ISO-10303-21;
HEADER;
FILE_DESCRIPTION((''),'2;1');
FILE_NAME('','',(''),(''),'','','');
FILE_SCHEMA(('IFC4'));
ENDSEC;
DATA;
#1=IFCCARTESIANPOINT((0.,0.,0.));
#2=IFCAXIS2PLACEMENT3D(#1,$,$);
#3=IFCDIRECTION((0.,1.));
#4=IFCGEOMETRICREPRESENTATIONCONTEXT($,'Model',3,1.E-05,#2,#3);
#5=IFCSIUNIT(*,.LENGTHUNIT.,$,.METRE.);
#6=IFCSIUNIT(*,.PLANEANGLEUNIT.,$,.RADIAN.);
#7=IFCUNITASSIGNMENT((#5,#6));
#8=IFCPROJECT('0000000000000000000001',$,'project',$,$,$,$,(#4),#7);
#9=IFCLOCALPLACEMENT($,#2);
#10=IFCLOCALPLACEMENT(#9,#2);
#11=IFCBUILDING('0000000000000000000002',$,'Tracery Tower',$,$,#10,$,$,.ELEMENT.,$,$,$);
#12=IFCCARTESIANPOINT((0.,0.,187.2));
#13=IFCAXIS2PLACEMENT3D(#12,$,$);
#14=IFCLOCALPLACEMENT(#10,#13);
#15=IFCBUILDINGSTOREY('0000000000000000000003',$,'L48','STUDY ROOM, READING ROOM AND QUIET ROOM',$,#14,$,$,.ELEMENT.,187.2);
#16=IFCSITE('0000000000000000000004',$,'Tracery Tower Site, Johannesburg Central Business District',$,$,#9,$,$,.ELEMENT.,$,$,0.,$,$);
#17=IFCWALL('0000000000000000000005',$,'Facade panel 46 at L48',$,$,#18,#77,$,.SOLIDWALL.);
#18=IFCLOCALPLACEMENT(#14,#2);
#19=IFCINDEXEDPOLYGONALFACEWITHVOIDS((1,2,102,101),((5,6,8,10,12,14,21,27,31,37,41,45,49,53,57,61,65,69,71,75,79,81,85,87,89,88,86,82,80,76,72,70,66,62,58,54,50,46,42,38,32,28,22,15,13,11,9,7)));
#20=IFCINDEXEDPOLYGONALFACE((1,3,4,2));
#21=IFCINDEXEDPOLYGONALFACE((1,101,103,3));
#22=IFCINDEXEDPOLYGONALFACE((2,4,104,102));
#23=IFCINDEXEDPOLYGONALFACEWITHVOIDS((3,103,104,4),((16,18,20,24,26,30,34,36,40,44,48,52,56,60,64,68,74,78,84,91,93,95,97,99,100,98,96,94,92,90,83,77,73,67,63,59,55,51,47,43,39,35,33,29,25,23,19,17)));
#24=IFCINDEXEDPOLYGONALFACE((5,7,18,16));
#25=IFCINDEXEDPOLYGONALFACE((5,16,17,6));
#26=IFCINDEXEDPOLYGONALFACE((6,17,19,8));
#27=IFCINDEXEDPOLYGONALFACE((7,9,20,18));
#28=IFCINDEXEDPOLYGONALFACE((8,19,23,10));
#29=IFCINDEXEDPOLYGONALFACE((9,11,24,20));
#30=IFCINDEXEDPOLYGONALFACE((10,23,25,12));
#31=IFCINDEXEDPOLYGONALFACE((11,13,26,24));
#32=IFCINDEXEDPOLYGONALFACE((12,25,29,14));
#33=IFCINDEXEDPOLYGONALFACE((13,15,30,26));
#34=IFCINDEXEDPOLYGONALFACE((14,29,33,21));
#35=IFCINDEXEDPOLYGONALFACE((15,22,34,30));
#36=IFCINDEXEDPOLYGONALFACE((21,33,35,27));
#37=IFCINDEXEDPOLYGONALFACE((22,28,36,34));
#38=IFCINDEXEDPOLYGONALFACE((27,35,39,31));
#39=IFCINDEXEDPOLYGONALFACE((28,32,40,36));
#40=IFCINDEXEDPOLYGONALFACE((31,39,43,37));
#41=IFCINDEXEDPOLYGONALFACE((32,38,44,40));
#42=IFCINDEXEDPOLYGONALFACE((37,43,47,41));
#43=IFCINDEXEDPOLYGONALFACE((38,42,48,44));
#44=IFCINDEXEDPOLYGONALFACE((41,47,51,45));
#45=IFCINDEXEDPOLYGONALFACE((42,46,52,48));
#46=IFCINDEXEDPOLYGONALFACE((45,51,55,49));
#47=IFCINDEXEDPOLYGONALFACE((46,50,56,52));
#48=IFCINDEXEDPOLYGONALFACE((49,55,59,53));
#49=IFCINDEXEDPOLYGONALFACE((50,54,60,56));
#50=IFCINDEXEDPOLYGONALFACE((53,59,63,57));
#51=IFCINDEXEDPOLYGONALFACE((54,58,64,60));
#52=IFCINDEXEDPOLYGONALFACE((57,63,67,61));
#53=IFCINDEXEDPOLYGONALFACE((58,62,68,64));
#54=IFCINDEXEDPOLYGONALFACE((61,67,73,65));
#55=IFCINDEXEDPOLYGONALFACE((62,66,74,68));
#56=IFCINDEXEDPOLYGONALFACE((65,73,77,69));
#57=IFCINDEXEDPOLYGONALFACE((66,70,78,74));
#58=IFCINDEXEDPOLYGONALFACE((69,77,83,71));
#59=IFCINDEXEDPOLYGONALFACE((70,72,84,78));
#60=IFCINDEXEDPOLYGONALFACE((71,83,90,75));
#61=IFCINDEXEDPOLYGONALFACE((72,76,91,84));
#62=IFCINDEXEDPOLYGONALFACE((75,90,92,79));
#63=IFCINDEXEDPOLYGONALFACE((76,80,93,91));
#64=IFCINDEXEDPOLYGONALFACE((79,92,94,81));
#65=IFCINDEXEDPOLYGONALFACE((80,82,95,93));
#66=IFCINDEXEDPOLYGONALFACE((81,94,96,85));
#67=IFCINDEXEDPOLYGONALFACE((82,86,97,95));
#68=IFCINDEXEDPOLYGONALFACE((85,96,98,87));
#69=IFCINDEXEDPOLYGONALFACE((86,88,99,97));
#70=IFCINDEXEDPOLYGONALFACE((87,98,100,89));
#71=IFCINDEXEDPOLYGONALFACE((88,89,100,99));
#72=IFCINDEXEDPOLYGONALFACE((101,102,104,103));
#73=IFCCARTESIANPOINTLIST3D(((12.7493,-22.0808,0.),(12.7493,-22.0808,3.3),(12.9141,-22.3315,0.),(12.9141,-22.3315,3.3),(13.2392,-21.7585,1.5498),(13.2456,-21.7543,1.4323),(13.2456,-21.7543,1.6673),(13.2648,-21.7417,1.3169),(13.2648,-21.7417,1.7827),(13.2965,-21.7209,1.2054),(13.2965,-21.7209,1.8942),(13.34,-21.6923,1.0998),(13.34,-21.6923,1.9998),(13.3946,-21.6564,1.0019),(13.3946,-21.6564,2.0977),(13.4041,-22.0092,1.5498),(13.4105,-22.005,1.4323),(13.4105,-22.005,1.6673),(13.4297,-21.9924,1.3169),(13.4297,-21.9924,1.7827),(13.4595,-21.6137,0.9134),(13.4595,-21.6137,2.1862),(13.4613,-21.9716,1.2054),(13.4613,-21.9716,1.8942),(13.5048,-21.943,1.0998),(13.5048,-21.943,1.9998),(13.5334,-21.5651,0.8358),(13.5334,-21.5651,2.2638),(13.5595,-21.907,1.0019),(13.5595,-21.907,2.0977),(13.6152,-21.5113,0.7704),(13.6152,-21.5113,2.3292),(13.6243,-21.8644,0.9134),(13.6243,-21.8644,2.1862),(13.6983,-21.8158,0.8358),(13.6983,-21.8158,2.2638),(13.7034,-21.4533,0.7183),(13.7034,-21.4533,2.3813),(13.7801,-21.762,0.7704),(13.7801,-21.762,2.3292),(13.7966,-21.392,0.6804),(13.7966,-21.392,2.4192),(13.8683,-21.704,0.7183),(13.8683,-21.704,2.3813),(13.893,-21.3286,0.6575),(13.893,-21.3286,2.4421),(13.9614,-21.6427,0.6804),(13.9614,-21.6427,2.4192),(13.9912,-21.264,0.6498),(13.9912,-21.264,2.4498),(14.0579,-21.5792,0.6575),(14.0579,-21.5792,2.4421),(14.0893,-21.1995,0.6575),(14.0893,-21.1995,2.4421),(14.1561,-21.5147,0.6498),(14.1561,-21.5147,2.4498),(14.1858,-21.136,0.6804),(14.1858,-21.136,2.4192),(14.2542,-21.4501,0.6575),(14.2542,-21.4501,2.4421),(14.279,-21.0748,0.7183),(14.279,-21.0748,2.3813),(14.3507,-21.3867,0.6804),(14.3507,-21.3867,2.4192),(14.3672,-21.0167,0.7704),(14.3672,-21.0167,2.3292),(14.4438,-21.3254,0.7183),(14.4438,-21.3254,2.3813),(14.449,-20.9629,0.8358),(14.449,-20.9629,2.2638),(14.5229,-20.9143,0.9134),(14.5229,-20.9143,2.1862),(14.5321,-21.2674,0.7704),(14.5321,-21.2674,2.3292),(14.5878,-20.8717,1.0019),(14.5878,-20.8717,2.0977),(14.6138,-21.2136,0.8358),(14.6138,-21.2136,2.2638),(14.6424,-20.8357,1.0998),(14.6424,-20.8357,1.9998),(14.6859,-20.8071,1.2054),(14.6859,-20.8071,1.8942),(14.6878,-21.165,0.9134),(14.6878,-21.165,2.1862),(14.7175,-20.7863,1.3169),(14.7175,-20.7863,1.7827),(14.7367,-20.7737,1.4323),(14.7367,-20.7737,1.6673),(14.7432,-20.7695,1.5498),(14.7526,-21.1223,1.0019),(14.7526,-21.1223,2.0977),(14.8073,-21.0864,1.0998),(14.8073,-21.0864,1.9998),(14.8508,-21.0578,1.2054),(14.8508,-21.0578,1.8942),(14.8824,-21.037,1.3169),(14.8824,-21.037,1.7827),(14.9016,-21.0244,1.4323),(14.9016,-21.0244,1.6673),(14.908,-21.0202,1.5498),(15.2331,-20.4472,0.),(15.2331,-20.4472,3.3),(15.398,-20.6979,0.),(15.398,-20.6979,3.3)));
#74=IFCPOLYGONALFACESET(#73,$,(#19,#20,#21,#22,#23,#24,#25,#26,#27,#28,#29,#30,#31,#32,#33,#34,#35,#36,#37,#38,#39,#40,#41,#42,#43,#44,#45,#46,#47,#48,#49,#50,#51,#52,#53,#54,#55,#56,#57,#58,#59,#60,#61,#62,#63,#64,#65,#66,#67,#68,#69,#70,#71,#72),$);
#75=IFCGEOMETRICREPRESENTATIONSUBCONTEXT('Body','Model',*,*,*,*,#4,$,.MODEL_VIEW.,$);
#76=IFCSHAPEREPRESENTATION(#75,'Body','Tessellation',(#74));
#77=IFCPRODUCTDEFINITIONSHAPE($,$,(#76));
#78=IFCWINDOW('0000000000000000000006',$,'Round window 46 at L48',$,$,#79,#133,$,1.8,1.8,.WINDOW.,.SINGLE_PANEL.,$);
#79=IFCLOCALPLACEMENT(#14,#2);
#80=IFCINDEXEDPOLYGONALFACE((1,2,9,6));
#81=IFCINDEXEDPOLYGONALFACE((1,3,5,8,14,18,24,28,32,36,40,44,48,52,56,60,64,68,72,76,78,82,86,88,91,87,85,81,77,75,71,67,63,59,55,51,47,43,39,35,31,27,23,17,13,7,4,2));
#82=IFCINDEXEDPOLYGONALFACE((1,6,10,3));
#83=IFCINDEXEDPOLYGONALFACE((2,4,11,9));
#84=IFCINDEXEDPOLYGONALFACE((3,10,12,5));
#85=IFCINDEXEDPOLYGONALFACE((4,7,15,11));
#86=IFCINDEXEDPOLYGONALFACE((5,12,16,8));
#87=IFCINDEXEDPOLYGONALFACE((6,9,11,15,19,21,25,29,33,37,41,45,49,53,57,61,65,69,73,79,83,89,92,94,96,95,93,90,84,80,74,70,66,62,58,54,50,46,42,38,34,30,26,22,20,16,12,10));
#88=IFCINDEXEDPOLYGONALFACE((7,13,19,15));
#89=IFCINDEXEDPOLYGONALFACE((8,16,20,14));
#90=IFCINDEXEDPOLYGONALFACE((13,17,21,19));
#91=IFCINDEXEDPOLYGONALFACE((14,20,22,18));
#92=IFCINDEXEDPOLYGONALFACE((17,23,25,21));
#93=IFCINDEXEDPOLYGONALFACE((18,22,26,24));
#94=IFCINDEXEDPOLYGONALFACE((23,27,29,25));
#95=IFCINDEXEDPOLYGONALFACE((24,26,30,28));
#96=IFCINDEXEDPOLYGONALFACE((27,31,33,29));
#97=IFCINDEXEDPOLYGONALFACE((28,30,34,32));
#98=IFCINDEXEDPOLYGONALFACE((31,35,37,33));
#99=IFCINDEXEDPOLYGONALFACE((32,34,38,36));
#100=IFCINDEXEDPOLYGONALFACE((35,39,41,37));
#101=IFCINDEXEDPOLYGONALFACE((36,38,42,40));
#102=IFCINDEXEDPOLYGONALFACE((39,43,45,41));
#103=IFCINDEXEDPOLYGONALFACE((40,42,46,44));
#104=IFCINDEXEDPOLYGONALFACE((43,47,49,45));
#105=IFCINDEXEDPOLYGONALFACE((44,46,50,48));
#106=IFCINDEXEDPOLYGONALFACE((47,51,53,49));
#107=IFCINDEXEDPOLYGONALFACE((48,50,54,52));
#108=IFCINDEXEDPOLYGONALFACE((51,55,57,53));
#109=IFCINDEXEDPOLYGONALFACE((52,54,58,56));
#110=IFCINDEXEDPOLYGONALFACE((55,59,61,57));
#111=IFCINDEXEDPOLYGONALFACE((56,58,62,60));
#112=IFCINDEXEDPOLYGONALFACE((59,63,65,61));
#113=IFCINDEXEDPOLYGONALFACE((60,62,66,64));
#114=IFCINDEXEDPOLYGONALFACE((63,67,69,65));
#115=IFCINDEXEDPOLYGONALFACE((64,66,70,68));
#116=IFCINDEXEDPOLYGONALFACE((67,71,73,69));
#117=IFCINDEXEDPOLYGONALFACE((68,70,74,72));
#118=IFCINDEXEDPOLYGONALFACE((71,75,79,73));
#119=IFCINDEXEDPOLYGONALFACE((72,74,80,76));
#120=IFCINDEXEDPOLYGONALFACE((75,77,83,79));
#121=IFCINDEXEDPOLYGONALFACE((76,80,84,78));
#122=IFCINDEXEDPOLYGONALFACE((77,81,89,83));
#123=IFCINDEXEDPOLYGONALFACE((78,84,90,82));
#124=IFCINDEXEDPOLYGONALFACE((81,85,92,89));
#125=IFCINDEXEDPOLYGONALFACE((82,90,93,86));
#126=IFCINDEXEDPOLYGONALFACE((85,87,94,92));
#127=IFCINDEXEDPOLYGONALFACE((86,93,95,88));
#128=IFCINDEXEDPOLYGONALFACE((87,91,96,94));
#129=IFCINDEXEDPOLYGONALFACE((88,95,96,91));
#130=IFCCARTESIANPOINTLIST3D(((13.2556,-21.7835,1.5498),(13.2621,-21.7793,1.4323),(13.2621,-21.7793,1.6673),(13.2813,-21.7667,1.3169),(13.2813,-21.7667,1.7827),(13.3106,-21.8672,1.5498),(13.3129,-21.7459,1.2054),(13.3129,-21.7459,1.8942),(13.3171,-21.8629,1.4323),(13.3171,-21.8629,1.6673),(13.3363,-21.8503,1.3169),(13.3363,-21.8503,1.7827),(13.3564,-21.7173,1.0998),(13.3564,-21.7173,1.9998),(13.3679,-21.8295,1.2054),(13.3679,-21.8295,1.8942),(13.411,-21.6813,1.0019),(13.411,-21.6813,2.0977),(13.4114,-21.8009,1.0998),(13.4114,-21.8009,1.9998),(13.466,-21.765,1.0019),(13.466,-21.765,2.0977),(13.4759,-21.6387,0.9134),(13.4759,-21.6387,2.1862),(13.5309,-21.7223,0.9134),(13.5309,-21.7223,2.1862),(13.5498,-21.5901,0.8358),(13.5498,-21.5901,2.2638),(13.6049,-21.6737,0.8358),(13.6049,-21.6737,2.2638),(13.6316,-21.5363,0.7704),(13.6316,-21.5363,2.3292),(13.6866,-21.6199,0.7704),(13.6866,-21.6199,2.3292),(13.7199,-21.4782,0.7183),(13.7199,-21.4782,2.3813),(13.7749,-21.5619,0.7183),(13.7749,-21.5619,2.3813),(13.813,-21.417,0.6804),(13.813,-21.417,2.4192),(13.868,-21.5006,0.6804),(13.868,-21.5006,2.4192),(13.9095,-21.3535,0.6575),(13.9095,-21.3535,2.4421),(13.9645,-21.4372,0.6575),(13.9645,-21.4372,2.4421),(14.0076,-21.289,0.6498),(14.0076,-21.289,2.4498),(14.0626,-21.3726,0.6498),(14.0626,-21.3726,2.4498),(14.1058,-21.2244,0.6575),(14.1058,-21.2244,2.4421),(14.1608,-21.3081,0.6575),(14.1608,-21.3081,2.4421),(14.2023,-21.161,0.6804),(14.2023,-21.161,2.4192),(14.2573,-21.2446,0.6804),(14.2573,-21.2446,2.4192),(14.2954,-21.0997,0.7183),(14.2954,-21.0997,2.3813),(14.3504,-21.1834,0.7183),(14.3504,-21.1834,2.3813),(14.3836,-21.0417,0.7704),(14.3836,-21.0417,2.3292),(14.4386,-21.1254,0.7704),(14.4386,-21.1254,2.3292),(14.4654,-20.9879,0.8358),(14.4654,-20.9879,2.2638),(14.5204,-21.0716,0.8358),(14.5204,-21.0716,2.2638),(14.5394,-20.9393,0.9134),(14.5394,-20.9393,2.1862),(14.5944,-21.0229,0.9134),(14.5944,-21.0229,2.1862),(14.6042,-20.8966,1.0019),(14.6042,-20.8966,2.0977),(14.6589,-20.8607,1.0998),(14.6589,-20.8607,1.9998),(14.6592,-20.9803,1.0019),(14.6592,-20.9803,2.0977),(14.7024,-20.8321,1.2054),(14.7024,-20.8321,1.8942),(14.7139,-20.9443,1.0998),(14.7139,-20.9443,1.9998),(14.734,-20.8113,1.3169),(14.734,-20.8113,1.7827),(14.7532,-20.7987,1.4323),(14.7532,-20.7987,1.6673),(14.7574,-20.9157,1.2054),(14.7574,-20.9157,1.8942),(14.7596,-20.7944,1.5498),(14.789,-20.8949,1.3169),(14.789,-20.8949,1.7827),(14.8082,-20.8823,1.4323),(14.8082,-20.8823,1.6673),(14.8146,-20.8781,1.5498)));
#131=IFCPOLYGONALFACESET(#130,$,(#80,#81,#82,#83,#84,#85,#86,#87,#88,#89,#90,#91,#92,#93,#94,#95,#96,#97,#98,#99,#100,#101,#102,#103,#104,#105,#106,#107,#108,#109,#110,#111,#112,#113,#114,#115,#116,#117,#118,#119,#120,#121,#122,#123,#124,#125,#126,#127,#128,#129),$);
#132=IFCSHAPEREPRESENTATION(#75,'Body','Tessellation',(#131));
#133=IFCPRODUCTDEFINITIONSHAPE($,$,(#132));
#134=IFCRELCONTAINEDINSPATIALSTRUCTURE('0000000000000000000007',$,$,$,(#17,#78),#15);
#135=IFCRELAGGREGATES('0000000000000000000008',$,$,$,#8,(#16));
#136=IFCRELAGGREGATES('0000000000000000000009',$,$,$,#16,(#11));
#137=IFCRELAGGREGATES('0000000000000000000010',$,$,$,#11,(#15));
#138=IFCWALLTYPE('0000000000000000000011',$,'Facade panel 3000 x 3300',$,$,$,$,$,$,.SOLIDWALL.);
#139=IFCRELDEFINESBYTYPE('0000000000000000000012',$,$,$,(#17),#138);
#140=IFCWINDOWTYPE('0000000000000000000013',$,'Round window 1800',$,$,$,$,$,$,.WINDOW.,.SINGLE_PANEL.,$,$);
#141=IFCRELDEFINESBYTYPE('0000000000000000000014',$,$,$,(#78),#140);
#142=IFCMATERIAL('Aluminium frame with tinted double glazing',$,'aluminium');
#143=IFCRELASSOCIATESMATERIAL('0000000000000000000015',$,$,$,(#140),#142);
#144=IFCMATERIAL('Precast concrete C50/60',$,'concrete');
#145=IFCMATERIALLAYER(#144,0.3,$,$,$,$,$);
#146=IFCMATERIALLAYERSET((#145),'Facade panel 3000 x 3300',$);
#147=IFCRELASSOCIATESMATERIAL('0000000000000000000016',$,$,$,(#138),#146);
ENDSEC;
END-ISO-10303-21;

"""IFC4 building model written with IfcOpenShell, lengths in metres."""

from ifc_helpers import new_model, si_unit, direction, frame, frame_2d, origin, origin_2d, place, context, subcontext, project, spatial, rectangle, circle, extrude, material, layer, layer_set, type_object, element, fill, save


model = new_model("IFC4")

# Units and contexts
model_context = context("Model", 3, precision=1e-05, world=origin(), true_north=direction((0.0, 1.0)))
body_context = subcontext(model_context, "Body", "Model", "MODEL_VIEW")
ifc_project = project(units=[si_unit("LENGTHUNIT", "METRE"), si_unit("PLANEANGLEUNIT", "RADIAN")], contexts=[model_context])

# Site, building, storey
site_placement = place(None, origin())
site = spatial("IfcSite", under=ifc_project, at=site_placement, Name="Tracery Tower Site, Johannesburg Central Business District", CompositionType="ELEMENT", RefElevation=0.0)
building_placement = place(site_placement, origin())
building = spatial("IfcBuilding", under=site, at=building_placement, Name="Tracery Tower", CompositionType="ELEMENT")
storey_placement = place(building_placement, frame((0.0, 0.0, 187.2)))
storey = spatial("IfcBuildingStorey", under=building, at=storey_placement, Name="L48", Description="STUDY ROOM, READING ROOM AND QUIET ROOM", CompositionType="ELEMENT", Elevation=187.2)

# Wall, opening, window
ifc_material_1 = material(Name="Aluminium frame with tinted double glazing", Category="aluminium")
window_type = type_object("IfcWindowType", Name="Round window 1800", PartitioningType="SINGLE_PANEL", PredefinedType="WINDOW", material=ifc_material_1)
ifc_material_2 = material(Name="Precast concrete C50/60", Category="concrete")
ifc_layer_1 = layer(ifc_material_2, 0.3)
ifc_layer_set_1 = layer_set([ifc_layer_1], Name="Facade panel 3000 x 3300")
wall_type_1 = type_object("IfcWallType", Name="Facade panel 3000 x 3300", PredefinedType="SOLIDWALL", material=ifc_layer_set_1)
wall_1_placement = place(storey_placement, frame((12.8318, -22.2061, 0.0), z_axis=(0.0, 0.0, 1.0), x_axis=(0.835508, 0.549478, 0.0)))
wall_1 = element("IfcWall", 1, at=wall_1_placement, inside=storey, type_object=wall_type_1, Name="Facade panel 46 at L48", PredefinedType="SOLIDWALL", context=body_context, shape_type="SweptSolid", body=[
    extrude(rectangle(XDim=2.9729, YDim=0.3, at=frame_2d((1.4863, 0.0))), origin(), (0.0, 0.0, 1.0), 3.3),
])
opening_1_placement = place(wall_1_placement, frame((1.4863, 0.0, 1.5498)))
opening_1 = element("IfcOpeningElement", 2, at=opening_1_placement, cuts=wall_1, PredefinedType="OPENING", context=body_context, shape_type="SweptSolid", body=[
    extrude(circle(Radius=0.9, at=origin_2d()), frame((0.0, 0.1599, 0.0), z_axis=(0.0, -1.0, 0.0), x_axis=(1.0, 0.0, 0.0)), (0.0, 0.0, 1.0), 0.3201),
])
window_1_placement = place(opening_1_placement, origin())
window_1 = element("IfcWindow", 3, at=window_1_placement, inside=storey, type_object=window_type, Name="Round window 46 at L48", OverallHeight=1.8, OverallWidth=1.8, PartitioningType="SINGLE_PANEL", PredefinedType="WINDOW", context=body_context, shape_type="SweptSolid", body=[
    extrude(circle(Radius=0.9, at=origin_2d()), frame((0.0, 0.1201, 0.0), z_axis=(0.0, -1.0, 0.0), x_axis=(1.0, 0.0, 0.0)), (0.0, 0.0, 1.0), 0.1001),
])
fill(opening_1, window_1)

save(model, "model.ifc")
